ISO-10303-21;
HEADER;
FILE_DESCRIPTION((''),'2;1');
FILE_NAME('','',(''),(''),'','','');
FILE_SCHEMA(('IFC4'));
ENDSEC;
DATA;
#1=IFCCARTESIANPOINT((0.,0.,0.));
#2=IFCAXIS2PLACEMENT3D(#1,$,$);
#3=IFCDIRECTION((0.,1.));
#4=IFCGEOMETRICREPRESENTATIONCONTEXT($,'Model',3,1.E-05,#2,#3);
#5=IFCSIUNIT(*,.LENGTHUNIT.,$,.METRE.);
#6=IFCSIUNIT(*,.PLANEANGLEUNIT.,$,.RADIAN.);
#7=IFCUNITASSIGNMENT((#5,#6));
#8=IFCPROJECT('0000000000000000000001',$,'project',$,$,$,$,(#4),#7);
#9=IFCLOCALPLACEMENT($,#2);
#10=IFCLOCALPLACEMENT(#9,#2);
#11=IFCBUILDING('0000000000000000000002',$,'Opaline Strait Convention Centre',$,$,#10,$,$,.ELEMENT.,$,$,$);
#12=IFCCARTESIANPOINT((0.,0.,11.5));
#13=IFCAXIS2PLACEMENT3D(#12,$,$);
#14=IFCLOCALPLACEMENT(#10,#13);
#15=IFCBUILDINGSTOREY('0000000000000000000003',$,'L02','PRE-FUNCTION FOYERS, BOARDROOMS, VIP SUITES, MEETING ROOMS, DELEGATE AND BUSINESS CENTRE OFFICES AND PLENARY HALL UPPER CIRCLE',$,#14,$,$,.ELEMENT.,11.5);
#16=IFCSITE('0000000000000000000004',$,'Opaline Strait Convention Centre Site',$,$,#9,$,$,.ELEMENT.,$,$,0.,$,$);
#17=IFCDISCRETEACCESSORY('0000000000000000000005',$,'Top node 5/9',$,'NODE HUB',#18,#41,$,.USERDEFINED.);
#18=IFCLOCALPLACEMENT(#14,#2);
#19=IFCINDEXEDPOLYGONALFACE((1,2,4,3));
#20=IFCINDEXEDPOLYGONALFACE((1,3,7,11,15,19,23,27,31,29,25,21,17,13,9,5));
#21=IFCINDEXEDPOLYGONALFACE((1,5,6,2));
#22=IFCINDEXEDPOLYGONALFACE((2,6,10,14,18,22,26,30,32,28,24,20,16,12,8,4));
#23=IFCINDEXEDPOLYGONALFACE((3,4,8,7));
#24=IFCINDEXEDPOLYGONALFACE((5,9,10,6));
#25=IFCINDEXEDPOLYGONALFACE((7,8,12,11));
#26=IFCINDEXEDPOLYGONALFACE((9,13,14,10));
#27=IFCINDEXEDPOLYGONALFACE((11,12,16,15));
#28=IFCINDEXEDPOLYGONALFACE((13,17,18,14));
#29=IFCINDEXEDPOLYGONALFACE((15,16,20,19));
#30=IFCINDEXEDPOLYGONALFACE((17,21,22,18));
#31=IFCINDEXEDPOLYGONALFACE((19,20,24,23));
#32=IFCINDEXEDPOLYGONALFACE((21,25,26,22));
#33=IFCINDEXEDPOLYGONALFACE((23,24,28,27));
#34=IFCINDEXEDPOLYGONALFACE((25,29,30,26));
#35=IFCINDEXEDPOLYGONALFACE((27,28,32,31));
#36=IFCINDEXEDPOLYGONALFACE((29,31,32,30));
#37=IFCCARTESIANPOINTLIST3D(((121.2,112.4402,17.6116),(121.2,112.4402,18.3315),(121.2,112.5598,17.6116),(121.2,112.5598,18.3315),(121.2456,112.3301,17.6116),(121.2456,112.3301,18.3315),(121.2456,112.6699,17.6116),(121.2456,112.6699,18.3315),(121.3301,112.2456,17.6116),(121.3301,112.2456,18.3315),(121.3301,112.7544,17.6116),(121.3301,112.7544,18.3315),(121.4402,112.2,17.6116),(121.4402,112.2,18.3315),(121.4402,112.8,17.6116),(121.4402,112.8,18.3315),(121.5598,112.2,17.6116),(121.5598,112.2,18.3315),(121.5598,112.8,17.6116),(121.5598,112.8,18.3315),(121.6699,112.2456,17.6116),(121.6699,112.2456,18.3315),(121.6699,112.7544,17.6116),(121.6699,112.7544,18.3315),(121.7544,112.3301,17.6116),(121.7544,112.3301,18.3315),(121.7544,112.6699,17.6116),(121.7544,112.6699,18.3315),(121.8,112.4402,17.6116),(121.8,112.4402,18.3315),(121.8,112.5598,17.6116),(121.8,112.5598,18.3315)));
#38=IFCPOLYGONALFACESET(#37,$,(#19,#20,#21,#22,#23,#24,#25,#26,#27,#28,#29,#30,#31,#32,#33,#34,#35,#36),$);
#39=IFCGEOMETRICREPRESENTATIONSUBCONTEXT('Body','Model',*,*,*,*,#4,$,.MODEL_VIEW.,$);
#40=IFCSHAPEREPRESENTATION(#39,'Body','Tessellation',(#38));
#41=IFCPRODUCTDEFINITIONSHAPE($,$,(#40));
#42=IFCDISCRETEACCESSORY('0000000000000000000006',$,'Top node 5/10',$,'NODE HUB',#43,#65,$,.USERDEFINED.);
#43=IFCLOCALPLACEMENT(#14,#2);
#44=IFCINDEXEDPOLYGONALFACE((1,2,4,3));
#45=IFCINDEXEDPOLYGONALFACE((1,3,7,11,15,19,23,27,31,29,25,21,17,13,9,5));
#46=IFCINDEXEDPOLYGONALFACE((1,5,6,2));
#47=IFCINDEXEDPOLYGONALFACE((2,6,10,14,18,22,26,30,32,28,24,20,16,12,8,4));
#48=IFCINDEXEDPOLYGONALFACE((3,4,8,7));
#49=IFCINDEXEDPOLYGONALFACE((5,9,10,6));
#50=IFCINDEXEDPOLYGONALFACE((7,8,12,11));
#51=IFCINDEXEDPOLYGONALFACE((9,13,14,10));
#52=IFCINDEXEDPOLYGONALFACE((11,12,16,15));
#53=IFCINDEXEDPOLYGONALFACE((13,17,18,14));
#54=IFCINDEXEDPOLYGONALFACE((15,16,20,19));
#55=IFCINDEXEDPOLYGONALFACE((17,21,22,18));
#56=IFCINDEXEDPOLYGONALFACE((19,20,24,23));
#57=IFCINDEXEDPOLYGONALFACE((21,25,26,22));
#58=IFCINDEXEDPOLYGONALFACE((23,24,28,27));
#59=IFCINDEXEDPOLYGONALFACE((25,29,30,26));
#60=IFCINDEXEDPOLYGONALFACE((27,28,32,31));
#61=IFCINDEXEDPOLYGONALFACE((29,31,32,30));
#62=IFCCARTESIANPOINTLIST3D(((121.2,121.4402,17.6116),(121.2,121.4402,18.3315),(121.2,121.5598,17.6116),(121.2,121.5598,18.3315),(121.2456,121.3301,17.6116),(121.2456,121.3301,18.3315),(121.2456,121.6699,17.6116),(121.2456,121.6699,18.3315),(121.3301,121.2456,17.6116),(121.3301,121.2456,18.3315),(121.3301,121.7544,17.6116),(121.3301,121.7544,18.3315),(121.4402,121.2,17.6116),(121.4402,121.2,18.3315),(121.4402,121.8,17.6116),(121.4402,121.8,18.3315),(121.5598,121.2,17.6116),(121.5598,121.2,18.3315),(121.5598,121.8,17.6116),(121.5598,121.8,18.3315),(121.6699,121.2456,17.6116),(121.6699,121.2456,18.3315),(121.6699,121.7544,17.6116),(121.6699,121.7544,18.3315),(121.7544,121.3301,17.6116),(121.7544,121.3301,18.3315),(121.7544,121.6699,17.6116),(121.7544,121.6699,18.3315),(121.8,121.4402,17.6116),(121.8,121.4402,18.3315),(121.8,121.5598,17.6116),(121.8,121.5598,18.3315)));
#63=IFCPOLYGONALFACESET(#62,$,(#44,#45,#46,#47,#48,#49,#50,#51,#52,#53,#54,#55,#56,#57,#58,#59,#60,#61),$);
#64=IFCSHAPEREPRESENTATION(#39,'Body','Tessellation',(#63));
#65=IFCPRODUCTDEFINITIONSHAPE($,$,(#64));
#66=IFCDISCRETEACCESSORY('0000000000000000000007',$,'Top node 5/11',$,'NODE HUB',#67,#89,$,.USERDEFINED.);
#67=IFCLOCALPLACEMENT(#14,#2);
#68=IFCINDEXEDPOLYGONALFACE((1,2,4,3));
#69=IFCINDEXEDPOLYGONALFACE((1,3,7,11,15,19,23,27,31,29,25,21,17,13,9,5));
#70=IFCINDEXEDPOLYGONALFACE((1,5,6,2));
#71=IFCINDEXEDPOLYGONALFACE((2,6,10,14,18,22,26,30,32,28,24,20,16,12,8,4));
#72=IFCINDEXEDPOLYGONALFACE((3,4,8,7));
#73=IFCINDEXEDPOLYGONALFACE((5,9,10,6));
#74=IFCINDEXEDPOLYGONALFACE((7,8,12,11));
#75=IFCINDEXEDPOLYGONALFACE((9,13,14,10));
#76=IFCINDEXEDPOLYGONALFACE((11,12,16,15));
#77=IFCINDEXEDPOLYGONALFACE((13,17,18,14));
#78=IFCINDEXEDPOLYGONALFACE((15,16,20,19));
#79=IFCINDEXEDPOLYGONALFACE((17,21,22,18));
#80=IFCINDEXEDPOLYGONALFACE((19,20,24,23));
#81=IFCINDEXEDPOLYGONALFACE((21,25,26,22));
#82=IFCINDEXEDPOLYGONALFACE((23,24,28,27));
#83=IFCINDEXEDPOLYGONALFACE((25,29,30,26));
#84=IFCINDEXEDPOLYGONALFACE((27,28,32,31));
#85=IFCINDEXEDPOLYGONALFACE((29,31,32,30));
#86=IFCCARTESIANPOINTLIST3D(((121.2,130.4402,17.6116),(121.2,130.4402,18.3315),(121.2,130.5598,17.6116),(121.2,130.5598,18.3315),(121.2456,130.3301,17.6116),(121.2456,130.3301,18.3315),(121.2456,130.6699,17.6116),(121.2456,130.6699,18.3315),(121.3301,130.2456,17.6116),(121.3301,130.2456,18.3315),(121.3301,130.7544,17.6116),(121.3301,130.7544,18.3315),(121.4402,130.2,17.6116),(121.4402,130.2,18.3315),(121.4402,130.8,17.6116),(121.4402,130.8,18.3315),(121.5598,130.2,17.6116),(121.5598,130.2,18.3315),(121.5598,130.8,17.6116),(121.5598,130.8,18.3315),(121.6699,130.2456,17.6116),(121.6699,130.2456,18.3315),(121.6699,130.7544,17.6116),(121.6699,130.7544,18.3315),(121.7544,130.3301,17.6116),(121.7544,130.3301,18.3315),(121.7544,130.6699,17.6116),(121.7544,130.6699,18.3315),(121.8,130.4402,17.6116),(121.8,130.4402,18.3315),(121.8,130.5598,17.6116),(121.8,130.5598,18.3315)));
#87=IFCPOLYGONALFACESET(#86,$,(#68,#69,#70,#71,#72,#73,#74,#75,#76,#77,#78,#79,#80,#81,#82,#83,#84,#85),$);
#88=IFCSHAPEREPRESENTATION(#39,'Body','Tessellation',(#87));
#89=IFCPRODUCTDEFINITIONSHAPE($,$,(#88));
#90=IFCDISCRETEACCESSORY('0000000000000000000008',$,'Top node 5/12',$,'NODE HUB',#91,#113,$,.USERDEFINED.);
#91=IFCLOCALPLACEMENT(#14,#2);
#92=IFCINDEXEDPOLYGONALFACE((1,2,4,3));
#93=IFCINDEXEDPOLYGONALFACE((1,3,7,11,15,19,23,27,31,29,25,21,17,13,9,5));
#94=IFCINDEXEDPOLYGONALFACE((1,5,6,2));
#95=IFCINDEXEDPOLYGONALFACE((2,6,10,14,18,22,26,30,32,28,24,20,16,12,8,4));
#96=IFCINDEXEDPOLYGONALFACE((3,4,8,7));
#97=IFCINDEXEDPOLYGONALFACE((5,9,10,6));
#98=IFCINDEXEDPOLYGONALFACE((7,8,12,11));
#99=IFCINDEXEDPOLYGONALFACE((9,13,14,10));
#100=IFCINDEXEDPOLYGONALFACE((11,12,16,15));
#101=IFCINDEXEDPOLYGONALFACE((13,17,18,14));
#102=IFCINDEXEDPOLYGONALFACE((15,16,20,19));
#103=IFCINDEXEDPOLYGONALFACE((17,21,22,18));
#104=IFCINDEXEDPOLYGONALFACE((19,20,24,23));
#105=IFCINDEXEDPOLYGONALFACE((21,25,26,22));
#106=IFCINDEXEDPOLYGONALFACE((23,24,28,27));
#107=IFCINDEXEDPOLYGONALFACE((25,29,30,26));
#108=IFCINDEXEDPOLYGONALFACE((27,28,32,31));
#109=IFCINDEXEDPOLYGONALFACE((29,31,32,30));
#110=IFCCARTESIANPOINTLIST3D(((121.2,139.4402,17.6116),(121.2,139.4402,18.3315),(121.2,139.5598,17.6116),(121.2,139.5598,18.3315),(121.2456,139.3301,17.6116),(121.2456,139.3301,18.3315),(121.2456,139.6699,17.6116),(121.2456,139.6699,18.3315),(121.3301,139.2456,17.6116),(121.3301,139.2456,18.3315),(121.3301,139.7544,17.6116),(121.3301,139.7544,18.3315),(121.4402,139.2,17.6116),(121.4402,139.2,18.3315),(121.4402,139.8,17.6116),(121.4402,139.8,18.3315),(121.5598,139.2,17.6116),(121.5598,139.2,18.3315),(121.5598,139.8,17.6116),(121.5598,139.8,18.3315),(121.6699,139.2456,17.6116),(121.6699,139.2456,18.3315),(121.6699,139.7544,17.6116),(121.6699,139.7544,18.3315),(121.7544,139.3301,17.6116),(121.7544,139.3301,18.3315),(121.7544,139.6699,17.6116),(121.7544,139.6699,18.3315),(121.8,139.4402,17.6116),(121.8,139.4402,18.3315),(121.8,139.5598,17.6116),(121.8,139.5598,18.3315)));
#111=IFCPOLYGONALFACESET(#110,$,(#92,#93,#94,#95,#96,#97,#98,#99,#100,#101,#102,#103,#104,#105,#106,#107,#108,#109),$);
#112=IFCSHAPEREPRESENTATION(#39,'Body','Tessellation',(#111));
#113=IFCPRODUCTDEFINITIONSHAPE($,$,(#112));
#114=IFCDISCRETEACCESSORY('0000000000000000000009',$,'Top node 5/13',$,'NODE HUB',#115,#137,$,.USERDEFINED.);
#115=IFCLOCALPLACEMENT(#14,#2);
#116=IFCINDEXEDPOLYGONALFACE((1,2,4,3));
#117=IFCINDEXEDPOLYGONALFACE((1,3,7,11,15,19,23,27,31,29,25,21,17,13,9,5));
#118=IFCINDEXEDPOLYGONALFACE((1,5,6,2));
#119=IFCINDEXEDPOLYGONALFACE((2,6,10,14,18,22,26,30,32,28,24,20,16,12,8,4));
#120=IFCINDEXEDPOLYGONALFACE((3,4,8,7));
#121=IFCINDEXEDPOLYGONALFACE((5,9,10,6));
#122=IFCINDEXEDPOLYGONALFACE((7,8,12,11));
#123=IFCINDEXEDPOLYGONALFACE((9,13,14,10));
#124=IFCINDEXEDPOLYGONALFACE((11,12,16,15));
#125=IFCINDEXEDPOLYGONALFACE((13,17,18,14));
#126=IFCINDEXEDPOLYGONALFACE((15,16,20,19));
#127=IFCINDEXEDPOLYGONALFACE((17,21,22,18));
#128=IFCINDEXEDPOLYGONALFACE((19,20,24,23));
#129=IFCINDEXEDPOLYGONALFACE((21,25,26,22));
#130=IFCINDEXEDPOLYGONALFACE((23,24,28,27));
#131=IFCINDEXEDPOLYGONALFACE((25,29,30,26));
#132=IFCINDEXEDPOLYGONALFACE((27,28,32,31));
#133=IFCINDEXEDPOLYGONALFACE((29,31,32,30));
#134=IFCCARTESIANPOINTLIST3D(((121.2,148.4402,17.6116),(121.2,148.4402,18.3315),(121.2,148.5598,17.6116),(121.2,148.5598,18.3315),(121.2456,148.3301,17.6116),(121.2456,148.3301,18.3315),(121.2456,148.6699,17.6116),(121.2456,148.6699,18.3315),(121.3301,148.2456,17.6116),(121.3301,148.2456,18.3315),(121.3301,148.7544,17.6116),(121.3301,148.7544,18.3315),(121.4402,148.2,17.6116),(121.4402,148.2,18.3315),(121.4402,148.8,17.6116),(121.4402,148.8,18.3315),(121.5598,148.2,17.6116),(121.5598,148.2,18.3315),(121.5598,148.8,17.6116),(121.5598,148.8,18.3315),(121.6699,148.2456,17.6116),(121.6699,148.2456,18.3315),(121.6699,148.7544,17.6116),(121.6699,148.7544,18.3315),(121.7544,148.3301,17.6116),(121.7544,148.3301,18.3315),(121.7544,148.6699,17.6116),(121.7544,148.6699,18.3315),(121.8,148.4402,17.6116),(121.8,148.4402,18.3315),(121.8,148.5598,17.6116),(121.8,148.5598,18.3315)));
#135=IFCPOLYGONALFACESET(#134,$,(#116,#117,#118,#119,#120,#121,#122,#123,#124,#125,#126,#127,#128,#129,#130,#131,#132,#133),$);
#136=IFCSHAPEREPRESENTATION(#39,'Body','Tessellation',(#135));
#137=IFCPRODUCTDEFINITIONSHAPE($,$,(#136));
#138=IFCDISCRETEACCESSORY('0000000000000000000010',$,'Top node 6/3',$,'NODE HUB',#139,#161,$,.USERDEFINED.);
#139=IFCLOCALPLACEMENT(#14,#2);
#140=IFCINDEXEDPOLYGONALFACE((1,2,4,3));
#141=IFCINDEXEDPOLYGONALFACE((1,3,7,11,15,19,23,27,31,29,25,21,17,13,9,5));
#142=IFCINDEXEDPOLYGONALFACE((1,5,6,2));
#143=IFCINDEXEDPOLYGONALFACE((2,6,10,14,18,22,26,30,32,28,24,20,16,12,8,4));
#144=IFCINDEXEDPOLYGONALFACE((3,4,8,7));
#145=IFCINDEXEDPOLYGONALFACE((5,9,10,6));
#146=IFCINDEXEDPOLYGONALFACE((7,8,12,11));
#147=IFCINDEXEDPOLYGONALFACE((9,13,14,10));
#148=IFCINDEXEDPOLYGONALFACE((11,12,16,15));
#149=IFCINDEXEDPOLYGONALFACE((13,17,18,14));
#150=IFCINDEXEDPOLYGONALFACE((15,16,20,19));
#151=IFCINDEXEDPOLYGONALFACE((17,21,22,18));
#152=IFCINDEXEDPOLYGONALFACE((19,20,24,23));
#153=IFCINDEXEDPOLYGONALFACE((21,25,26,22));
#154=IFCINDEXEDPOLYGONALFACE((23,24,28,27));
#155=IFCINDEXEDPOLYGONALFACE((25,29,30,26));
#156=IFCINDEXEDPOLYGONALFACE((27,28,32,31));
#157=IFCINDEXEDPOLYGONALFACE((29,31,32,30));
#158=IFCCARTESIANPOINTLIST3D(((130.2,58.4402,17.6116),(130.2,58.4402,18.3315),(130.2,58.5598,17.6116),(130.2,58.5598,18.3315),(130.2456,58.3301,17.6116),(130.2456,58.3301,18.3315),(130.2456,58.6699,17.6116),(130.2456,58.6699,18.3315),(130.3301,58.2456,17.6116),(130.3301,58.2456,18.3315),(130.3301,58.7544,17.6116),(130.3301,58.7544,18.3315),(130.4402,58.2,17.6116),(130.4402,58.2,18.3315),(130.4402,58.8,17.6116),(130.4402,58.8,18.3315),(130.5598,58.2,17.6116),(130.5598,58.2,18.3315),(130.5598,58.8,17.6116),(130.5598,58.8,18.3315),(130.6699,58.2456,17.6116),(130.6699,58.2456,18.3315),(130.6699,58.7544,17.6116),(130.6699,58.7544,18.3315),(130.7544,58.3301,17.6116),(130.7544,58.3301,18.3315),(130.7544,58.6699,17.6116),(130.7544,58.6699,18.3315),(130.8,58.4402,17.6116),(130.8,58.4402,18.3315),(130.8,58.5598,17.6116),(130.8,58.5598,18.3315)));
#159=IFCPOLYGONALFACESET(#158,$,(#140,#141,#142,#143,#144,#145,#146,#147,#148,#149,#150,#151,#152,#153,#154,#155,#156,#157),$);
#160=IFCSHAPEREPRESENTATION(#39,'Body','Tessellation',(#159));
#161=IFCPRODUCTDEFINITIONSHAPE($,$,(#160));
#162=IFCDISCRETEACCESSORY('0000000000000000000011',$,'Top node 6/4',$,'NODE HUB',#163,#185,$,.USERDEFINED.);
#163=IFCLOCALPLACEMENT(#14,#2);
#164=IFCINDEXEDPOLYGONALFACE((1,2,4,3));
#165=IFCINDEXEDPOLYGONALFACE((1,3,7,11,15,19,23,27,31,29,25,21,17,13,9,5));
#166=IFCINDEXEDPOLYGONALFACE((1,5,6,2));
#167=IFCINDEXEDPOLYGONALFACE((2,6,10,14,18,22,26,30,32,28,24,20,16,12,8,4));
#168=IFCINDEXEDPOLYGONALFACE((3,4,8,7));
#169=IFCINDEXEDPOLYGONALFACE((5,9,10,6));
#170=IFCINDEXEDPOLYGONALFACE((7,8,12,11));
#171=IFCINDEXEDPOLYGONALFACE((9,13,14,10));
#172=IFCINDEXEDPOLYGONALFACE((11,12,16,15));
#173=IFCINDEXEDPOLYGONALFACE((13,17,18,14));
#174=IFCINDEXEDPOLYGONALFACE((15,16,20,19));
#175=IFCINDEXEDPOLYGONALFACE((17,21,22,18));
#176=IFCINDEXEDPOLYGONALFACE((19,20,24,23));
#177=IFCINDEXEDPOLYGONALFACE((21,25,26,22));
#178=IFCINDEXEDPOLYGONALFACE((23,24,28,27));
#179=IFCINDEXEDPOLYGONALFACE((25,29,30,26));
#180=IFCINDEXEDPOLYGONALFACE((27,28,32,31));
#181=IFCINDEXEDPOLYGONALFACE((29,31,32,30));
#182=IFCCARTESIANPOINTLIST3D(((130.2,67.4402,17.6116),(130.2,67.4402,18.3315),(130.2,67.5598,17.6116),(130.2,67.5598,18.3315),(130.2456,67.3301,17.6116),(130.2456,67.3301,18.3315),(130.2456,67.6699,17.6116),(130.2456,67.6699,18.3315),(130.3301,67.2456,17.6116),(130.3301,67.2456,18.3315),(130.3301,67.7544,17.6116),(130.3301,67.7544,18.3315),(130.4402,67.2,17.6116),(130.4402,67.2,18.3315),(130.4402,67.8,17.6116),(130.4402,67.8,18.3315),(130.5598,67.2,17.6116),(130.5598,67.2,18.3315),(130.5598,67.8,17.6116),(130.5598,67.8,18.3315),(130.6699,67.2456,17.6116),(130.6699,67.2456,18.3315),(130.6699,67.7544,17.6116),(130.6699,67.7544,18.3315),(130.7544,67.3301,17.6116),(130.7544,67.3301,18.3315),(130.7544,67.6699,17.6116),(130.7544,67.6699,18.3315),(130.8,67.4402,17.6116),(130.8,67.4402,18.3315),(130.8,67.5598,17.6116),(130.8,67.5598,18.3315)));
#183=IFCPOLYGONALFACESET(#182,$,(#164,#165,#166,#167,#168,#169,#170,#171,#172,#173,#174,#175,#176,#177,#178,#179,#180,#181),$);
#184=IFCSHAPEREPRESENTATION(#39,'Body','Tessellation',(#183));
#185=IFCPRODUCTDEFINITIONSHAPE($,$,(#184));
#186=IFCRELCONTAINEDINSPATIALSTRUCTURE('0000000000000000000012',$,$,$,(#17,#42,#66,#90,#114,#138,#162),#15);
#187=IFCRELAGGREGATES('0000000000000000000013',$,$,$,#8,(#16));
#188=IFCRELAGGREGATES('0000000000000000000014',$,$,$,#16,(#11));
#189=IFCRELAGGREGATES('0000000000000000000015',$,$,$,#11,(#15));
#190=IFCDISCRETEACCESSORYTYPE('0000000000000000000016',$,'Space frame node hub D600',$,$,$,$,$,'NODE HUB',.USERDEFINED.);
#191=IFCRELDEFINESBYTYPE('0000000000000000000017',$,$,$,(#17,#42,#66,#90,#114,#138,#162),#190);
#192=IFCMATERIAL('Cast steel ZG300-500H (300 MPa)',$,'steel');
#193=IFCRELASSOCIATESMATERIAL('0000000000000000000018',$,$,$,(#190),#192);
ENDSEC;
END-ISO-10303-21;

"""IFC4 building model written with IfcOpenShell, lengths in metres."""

from ifc_helpers import new_model, si_unit, direction, frame, origin, place, context, subcontext, project, spatial, polyline, outline, extrude, material, type_object, element, save


model = new_model("IFC4")

# Units and contexts
model_context = context("Model", 3, precision=1e-05, world=origin(), true_north=direction((0.0, 1.0)))
body_context = subcontext(model_context, "Body", "Model", "MODEL_VIEW")
ifc_project = project(units=[si_unit("LENGTHUNIT", "METRE"), si_unit("PLANEANGLEUNIT", "RADIAN")], contexts=[model_context])

# Site, building, storey
site_placement = place(None, origin())
site = spatial("IfcSite", under=ifc_project, at=site_placement, Name="Opaline Strait Convention Centre Site", CompositionType="ELEMENT", RefElevation=0.0)
building_placement = place(site_placement, origin())
building = spatial("IfcBuilding", under=site, at=building_placement, Name="Opaline Strait Convention Centre", CompositionType="ELEMENT")
storey_placement = place(building_placement, frame((0.0, 0.0, 11.5)))
storey = spatial("IfcBuildingStorey", under=building, at=storey_placement, Name="L02", Description="PRE-FUNCTION FOYERS, BOARDROOMS, VIP SUITES, MEETING ROOMS, DELEGATE AND BUSINESS CENTRE OFFICES AND PLENARY HALL UPPER CIRCLE", CompositionType="ELEMENT", Elevation=11.5)

# Discrete accessories
ifc_material = material(Name="Cast steel ZG300-500H (300 MPa)", Category="steel")
discrete_accessory_type = type_object("IfcDiscreteAccessoryType", Name="Space frame node hub D600", ElementType="NODE HUB", PredefinedType="USERDEFINED", material=ifc_material)
discrete_accessory_1_placement = place(storey_placement, frame((0.0, 0.0, 17.6116)))
element("IfcDiscreteAccessory", 1, at=discrete_accessory_1_placement, inside=storey, type_object=discrete_accessory_type, Name="Top node 5/9", ObjectType="NODE HUB", PredefinedType="USERDEFINED", context=body_context, shape_type="SweptSolid", body=[
    extrude(outline(polyline([(121.8, 112.5598), (121.7544, 112.6699), (121.6699, 112.7544), (121.5598, 112.8), (121.4402, 112.8), (121.3301, 112.7544), (121.2456, 112.6699), (121.2, 112.5598), (121.2, 112.4402), (121.2456, 112.3301), (121.3301, 112.2456), (121.4402, 112.2), (121.5598, 112.2), (121.6699, 112.2456), (121.7544, 112.3301), (121.8, 112.4402), (121.8, 112.5598)])), origin(), (0.0, 0.0, 1.0), 0.72),
])
discrete_accessory_2_placement = place(storey_placement, frame((0.0, 0.0, 17.6116)))
element("IfcDiscreteAccessory", 2, at=discrete_accessory_2_placement, inside=storey, type_object=discrete_accessory_type, Name="Top node 5/10", ObjectType="NODE HUB", PredefinedType="USERDEFINED", context=body_context, shape_type="SweptSolid", body=[
    extrude(outline(polyline([(121.8, 121.5598), (121.7544, 121.6699), (121.6699, 121.7544), (121.5598, 121.8), (121.4402, 121.8), (121.3301, 121.7544), (121.2456, 121.6699), (121.2, 121.5598), (121.2, 121.4402), (121.2456, 121.3301), (121.3301, 121.2456), (121.4402, 121.2), (121.5598, 121.2), (121.6699, 121.2456), (121.7544, 121.3301), (121.8, 121.4402), (121.8, 121.5598)])), origin(), (0.0, 0.0, 1.0), 0.72),
])
discrete_accessory_3_placement = place(storey_placement, frame((0.0, 0.0, 17.6116)))
element("IfcDiscreteAccessory", 3, at=discrete_accessory_3_placement, inside=storey, type_object=discrete_accessory_type, Name="Top node 5/11", ObjectType="NODE HUB", PredefinedType="USERDEFINED", context=body_context, shape_type="SweptSolid", body=[
    extrude(outline(polyline([(121.8, 130.5598), (121.7544, 130.6699), (121.6699, 130.7544), (121.5598, 130.8), (121.4402, 130.8), (121.3301, 130.7544), (121.2456, 130.6699), (121.2, 130.5598), (121.2, 130.4402), (121.2456, 130.3301), (121.3301, 130.2456), (121.4402, 130.2), (121.5598, 130.2), (121.6699, 130.2456), (121.7544, 130.3301), (121.8, 130.4402), (121.8, 130.5598)])), origin(), (0.0, 0.0, 1.0), 0.72),
])
discrete_accessory_4_placement = place(storey_placement, frame((0.0, 0.0, 17.6116)))
element("IfcDiscreteAccessory", 4, at=discrete_accessory_4_placement, inside=storey, type_object=discrete_accessory_type, Name="Top node 5/12", ObjectType="NODE HUB", PredefinedType="USERDEFINED", context=body_context, shape_type="SweptSolid", body=[
    extrude(outline(polyline([(121.8, 139.5598), (121.7544, 139.6699), (121.6699, 139.7544), (121.5598, 139.8), (121.4402, 139.8), (121.3301, 139.7544), (121.2456, 139.6699), (121.2, 139.5598), (121.2, 139.4402), (121.2456, 139.3301), (121.3301, 139.2456), (121.4402, 139.2), (121.5598, 139.2), (121.6699, 139.2456), (121.7544, 139.3301), (121.8, 139.4402), (121.8, 139.5598)])), origin(), (0.0, 0.0, 1.0), 0.72),
])
discrete_accessory_5_placement = place(storey_placement, frame((0.0, 0.0, 17.6116)))
element("IfcDiscreteAccessory", 5, at=discrete_accessory_5_placement, inside=storey, type_object=discrete_accessory_type, Name="Top node 5/13", ObjectType="NODE HUB", PredefinedType="USERDEFINED", context=body_context, shape_type="SweptSolid", body=[
    extrude(outline(polyline([(121.8, 148.5598), (121.7544, 148.6699), (121.6699, 148.7544), (121.5598, 148.8), (121.4402, 148.8), (121.3301, 148.7544), (121.2456, 148.6699), (121.2, 148.5598), (121.2, 148.4402), (121.2456, 148.3301), (121.3301, 148.2456), (121.4402, 148.2), (121.5598, 148.2), (121.6699, 148.2456), (121.7544, 148.3301), (121.8, 148.4402), (121.8, 148.5598)])), origin(), (0.0, 0.0, 1.0), 0.72),
])
discrete_accessory_6_placement = place(storey_placement, frame((0.0, 0.0, 17.6116)))
element("IfcDiscreteAccessory", 6, at=discrete_accessory_6_placement, inside=storey, type_object=discrete_accessory_type, Name="Top node 6/3", ObjectType="NODE HUB", PredefinedType="USERDEFINED", context=body_context, shape_type="SweptSolid", body=[
    extrude(outline(polyline([(130.8, 58.5598), (130.7544, 58.6699), (130.6699, 58.7544), (130.5598, 58.8), (130.4402, 58.8), (130.3301, 58.7544), (130.2456, 58.6699), (130.2, 58.5598), (130.2, 58.4402), (130.2456, 58.3301), (130.3301, 58.2456), (130.4402, 58.2), (130.5598, 58.2), (130.6699, 58.2456), (130.7544, 58.3301), (130.8, 58.4402), (130.8, 58.5598)])), origin(), (0.0, 0.0, 1.0), 0.72),
])
discrete_accessory_7_placement = place(storey_placement, frame((0.0, 0.0, 17.6116)))
element("IfcDiscreteAccessory", 7, at=discrete_accessory_7_placement, inside=storey, type_object=discrete_accessory_type, Name="Top node 6/4", ObjectType="NODE HUB", PredefinedType="USERDEFINED", context=body_context, shape_type="SweptSolid", body=[
    extrude(outline(polyline([(130.8, 67.5598), (130.7544, 67.6699), (130.6699, 67.7544), (130.5598, 67.8), (130.4402, 67.8), (130.3301, 67.7544), (130.2456, 67.6699), (130.2, 67.5598), (130.2, 67.4402), (130.2456, 67.3301), (130.3301, 67.2456), (130.4402, 67.2), (130.5598, 67.2), (130.6699, 67.2456), (130.7544, 67.3301), (130.8, 67.4402), (130.8, 67.5598)])), origin(), (0.0, 0.0, 1.0), 0.72),
])

save(model, "model.ifc")
